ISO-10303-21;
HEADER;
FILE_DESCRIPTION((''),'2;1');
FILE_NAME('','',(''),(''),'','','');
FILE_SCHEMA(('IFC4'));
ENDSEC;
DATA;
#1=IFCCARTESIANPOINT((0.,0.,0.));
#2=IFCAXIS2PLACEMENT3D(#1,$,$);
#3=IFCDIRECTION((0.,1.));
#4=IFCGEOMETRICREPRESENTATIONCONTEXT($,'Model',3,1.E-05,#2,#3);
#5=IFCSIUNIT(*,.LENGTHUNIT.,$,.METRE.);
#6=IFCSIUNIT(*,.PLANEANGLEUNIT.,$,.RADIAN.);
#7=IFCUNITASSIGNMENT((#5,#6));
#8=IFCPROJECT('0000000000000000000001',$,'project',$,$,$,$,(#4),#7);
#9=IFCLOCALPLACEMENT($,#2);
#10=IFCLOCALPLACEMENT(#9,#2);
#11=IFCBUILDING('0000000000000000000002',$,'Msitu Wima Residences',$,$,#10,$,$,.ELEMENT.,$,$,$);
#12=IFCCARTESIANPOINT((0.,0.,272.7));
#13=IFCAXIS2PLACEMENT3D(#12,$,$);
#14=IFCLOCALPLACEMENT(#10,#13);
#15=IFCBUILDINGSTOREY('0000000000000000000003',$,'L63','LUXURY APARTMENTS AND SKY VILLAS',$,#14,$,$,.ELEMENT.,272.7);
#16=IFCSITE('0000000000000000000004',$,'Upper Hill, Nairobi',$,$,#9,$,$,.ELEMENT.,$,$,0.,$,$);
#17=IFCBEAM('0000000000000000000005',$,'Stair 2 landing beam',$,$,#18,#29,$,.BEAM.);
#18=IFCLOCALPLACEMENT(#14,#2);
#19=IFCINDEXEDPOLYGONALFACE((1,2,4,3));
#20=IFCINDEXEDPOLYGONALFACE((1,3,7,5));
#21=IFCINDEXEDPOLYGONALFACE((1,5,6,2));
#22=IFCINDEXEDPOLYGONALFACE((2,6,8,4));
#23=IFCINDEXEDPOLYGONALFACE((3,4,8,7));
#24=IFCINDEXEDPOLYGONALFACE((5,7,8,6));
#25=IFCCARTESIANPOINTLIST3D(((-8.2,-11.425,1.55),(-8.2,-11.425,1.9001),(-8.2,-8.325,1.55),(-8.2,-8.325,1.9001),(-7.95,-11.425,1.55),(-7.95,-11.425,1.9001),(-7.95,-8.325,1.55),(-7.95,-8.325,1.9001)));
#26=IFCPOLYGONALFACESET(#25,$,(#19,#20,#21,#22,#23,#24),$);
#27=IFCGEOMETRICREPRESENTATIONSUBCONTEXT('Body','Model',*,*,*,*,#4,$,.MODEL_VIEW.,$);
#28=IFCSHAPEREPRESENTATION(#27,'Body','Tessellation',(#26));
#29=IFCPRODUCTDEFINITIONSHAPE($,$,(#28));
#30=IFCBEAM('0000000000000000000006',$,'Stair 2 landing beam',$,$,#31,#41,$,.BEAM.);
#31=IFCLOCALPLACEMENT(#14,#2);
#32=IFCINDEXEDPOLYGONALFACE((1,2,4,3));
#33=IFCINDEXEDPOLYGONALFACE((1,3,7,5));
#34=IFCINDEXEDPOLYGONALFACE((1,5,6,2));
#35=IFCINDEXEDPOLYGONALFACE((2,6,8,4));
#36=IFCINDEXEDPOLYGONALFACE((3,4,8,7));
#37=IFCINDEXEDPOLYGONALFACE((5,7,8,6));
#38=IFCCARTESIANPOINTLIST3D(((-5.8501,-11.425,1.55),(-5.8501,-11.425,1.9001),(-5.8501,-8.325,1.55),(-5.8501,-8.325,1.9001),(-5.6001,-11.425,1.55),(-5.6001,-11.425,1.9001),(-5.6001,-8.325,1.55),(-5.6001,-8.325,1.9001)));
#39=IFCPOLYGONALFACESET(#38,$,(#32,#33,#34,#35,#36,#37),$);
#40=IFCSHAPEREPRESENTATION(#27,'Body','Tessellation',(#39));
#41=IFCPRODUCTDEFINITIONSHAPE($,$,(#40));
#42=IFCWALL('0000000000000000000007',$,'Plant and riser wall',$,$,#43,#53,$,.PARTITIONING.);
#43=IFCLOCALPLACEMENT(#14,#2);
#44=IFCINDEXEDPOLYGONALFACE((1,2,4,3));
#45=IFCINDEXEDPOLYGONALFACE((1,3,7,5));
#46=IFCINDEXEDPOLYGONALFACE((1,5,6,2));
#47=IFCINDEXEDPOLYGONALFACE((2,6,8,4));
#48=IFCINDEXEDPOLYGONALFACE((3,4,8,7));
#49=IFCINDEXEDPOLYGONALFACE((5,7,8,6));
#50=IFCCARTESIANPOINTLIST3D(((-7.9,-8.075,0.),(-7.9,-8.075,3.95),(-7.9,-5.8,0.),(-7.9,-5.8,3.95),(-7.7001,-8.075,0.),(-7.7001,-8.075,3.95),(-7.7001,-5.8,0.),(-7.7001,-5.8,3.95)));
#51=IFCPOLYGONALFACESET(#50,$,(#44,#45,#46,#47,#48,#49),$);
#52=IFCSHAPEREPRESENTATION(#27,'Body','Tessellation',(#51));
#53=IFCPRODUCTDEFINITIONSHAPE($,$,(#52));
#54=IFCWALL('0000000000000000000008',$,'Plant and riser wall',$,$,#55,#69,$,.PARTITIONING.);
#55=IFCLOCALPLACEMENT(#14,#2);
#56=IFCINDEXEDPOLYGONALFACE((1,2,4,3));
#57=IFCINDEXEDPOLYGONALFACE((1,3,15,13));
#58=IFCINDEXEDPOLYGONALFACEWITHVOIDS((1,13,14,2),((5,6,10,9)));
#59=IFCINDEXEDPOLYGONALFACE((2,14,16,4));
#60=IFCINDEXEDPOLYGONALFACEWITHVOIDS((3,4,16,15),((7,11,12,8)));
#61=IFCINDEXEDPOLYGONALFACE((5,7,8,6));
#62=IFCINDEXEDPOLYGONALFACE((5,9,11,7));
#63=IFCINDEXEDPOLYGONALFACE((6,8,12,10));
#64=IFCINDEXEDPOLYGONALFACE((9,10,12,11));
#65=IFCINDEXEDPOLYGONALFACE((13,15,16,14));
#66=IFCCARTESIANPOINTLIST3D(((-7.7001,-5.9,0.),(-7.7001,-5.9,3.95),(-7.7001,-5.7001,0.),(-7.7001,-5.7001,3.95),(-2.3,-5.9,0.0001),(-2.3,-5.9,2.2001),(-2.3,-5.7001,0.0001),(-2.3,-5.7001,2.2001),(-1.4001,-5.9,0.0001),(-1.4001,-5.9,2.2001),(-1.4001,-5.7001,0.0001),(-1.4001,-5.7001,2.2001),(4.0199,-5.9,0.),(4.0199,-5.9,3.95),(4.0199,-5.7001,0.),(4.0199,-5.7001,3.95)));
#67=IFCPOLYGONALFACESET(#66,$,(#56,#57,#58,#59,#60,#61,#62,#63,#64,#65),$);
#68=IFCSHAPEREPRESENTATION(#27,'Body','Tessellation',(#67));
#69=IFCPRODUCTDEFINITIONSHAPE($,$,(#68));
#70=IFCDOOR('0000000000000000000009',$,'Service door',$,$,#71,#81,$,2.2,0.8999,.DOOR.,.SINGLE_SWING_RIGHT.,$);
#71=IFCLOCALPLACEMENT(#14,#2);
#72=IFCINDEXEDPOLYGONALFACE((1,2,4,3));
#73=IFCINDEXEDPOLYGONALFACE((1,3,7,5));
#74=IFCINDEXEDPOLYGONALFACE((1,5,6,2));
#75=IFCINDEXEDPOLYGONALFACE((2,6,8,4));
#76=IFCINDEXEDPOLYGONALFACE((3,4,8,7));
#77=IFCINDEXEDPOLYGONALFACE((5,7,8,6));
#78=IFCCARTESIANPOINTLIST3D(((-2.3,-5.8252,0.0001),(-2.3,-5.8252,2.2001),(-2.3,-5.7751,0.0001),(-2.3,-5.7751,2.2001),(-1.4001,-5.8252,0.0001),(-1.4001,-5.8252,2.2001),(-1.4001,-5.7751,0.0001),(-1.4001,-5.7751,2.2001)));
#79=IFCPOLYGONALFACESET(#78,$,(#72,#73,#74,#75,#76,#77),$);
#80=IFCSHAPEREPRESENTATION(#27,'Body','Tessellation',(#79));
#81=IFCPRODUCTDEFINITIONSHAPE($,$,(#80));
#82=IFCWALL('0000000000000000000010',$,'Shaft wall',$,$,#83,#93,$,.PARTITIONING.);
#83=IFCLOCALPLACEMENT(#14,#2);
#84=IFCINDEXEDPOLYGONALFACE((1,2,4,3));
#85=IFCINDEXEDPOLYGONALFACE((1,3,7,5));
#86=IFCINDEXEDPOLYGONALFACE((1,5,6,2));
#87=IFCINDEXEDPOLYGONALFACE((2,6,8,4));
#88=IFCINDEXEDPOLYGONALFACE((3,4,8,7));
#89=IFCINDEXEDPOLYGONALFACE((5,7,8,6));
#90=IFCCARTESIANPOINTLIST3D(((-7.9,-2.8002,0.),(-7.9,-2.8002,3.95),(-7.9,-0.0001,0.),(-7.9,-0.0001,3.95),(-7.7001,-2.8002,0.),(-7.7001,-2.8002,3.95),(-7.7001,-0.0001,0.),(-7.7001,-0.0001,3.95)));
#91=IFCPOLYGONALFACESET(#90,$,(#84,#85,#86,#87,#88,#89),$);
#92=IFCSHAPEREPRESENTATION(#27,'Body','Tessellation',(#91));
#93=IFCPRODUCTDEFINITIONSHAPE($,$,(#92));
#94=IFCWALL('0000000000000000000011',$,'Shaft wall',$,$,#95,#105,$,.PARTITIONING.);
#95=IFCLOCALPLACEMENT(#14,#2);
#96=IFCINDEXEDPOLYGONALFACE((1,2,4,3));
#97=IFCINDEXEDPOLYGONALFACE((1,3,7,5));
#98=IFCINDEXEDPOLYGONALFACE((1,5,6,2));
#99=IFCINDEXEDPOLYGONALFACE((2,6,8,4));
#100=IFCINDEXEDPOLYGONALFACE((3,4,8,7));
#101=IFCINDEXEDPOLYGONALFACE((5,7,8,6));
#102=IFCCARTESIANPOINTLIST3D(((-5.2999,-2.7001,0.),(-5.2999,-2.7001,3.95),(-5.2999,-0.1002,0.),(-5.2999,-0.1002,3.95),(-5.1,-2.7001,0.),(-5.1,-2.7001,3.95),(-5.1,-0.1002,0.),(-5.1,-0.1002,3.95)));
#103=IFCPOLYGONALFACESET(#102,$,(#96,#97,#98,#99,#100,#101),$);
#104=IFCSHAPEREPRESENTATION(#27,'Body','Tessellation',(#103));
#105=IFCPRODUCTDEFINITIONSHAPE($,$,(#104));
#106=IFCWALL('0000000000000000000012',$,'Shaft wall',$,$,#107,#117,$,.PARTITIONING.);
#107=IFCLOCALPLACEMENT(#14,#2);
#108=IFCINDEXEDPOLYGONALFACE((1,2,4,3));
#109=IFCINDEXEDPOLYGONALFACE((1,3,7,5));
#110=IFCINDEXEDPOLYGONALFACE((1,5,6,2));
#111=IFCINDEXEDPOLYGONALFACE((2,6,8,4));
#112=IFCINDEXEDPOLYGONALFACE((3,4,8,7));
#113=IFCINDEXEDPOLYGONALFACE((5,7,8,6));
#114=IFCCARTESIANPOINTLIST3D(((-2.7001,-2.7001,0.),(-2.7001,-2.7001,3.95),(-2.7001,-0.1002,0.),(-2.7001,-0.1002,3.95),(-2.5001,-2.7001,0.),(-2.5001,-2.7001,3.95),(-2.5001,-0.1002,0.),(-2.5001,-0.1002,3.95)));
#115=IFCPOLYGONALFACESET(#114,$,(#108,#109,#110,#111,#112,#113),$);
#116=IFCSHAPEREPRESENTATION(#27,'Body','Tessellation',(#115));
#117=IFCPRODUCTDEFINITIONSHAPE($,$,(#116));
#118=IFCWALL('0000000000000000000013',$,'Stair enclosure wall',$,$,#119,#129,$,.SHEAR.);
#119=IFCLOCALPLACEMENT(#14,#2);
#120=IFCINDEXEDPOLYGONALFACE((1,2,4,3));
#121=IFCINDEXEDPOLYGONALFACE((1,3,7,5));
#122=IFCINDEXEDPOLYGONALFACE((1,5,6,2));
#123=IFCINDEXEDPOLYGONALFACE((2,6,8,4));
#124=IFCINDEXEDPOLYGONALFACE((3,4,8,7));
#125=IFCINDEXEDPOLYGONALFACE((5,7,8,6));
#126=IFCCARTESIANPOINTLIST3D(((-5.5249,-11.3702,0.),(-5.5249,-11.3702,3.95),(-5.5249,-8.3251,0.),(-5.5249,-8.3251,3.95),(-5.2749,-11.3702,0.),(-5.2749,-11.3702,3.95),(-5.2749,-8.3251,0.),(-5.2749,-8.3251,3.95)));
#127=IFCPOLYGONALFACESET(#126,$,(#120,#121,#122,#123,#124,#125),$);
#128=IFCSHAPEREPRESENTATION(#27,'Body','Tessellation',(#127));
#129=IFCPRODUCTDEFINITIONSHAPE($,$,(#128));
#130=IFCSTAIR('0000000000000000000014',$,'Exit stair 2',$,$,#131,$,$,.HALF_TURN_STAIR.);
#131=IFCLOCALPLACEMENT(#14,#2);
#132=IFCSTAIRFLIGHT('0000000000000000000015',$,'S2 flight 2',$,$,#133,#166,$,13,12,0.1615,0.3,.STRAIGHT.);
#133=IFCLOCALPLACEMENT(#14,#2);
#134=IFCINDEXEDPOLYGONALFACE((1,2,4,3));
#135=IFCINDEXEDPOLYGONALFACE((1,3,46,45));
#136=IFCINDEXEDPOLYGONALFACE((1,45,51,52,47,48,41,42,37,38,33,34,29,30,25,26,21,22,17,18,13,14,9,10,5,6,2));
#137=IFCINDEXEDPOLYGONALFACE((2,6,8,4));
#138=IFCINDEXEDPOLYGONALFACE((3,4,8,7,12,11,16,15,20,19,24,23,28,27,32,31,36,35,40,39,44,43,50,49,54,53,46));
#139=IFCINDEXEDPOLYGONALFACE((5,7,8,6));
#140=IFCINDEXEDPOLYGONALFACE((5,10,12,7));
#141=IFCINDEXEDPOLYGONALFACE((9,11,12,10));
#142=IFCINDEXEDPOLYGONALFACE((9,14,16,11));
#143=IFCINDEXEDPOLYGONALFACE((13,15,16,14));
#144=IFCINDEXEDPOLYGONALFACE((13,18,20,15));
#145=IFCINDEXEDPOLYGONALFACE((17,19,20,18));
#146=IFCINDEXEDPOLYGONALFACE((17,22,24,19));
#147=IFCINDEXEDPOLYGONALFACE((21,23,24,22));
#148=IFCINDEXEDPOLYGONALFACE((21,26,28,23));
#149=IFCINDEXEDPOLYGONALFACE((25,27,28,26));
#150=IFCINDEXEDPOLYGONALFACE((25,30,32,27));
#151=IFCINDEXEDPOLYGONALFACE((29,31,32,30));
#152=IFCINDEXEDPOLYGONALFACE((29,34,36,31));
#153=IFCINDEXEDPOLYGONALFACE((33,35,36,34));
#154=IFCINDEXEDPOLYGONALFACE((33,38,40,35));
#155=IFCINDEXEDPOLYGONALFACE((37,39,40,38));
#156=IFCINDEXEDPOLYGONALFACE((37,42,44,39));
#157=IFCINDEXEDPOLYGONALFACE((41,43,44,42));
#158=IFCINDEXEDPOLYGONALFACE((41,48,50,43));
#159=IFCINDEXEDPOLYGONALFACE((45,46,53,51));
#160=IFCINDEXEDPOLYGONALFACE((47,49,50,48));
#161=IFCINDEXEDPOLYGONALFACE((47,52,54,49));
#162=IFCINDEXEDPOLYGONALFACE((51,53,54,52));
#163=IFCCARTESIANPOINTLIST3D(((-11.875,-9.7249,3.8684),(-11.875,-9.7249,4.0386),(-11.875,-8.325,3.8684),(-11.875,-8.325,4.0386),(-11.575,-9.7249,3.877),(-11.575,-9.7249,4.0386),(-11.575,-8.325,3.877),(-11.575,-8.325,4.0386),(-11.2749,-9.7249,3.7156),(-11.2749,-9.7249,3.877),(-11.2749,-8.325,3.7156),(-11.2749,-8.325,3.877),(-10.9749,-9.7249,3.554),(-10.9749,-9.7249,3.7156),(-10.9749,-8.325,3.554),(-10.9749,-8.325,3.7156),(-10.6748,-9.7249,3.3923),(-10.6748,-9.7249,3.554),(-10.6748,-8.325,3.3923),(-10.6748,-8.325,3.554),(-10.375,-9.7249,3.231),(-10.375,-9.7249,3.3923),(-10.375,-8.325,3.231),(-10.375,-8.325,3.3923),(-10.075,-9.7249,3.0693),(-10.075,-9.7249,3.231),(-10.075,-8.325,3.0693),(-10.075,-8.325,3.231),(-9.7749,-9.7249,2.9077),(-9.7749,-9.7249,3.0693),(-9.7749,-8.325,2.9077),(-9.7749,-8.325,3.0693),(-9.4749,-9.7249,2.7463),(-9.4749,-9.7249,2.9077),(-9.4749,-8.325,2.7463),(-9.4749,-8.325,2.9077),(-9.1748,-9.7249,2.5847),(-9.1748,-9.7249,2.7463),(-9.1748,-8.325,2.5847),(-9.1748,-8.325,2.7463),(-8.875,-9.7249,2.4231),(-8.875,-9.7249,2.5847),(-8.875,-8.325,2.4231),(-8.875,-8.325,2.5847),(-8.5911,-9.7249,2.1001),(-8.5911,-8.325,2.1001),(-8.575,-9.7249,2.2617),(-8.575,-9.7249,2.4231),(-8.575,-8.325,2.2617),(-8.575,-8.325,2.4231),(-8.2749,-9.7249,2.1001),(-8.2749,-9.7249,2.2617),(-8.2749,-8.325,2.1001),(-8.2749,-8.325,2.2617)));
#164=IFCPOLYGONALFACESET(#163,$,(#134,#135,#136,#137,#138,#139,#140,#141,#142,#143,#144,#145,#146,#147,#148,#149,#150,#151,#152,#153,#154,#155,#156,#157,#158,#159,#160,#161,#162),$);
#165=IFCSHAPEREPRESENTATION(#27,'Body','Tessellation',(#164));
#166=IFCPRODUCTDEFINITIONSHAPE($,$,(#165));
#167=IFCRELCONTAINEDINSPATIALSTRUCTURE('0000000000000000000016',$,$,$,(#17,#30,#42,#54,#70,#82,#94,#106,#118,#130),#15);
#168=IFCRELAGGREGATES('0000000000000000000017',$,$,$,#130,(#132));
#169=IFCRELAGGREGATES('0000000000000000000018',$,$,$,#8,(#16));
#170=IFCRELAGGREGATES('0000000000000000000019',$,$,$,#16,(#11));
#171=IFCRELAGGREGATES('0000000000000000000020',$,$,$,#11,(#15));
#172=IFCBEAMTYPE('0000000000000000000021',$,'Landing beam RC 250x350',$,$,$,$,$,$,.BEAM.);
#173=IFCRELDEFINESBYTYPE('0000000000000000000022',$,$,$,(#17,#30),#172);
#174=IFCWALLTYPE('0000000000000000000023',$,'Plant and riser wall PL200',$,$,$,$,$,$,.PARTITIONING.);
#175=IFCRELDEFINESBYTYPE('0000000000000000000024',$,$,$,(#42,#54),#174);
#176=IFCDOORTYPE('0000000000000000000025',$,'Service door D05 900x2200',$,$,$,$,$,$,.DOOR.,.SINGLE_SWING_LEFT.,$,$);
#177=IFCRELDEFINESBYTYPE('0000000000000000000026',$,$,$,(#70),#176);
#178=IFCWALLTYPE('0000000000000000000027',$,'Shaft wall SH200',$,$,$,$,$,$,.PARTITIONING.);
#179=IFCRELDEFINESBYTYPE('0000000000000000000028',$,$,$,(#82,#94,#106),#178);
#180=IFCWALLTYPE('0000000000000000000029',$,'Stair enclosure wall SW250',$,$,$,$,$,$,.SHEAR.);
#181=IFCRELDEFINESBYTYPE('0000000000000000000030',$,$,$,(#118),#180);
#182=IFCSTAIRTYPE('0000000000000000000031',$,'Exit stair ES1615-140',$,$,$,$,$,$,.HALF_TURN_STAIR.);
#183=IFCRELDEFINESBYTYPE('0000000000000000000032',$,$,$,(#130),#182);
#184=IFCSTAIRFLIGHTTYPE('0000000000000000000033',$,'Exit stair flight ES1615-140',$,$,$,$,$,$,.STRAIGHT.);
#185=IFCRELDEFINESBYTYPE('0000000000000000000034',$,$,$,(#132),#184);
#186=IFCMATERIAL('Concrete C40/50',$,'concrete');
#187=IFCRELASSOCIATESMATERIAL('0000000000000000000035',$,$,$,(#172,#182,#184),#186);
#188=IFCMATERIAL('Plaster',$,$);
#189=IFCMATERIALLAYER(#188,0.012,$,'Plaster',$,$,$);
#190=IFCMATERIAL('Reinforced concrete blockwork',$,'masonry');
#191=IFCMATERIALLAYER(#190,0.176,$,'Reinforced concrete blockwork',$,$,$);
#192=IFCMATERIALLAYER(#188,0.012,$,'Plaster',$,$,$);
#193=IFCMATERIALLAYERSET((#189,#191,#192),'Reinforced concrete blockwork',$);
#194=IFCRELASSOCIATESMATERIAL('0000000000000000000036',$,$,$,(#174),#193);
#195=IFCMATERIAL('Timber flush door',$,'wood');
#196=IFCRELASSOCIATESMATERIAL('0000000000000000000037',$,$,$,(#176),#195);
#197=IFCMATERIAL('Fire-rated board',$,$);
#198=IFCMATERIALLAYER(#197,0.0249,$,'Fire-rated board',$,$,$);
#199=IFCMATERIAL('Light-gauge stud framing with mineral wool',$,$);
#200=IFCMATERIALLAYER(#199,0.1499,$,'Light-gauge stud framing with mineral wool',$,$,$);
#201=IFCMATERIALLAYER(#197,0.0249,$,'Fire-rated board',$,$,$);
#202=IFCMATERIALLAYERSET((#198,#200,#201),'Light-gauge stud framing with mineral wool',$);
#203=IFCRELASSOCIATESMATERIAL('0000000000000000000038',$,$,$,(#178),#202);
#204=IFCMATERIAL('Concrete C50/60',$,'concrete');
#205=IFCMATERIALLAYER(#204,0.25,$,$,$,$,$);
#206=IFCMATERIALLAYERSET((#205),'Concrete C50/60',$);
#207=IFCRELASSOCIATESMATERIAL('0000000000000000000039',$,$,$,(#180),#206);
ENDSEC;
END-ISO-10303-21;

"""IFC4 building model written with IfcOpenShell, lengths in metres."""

from ifc_helpers import new_model, si_unit, direction, frame, frame_2d, origin, origin_2d, place, context, subcontext, project, spatial, polyline, rectangle, outline, extrude, material, layer, layer_set, material_profile, profile_set, type_object, element, fill, aggregate, save


model = new_model("IFC4")

# Units and contexts
model_context = context("Model", 3, precision=1e-05, world=origin(), true_north=direction((0.0, 1.0)))
body_context = subcontext(model_context, "Body", "Model", "MODEL_VIEW")
ifc_project = project(units=[si_unit("LENGTHUNIT", "METRE"), si_unit("PLANEANGLEUNIT", "RADIAN")], contexts=[model_context])

# Site, building, storey
site_placement = place(None, origin())
site = spatial("IfcSite", under=ifc_project, at=site_placement, Name="Upper Hill, Nairobi", CompositionType="ELEMENT", RefElevation=0.0)
building_placement = place(site_placement, origin())
building = spatial("IfcBuilding", under=site, at=building_placement, Name="Msitu Wima Residences", CompositionType="ELEMENT")
storey_placement = place(building_placement, frame((0.0, 0.0, 272.7)))
storey = spatial("IfcBuildingStorey", under=building, at=storey_placement, Name="L63", Description="LUXURY APARTMENTS AND SKY VILLAS", CompositionType="ELEMENT", Elevation=272.7)

# Beams
ifc_material_1 = material(Name="Concrete C40/50", Category="concrete")
ifc_material_profile = material_profile(ifc_material_1, rectangle(XDim=0.25, YDim=0.3501, at=origin_2d()), Name="RC 250x350")
ifc_profile_set = profile_set([ifc_material_profile], Name="Concrete C40/50")
beam_type = type_object("IfcBeamType", Name="Landing beam RC 250x350", PredefinedType="BEAM", material=ifc_profile_set)
for number, where, z_axis, x_axis, name in (
    (1, (-8.075, -11.425, 1.7251), (0.0, 1.0, 0.0), (-1.0, 0.0, 0.0), "Stair 2 landing beam"),
    (2, (-5.7251, -11.425, 1.7251), (0.0, 1.0, 0.0), (-1.0, 0.0, 0.0), "Stair 2 landing beam"),
):
    element("IfcBeam", number, at=place(storey_placement, frame(where, z_axis=z_axis, x_axis=x_axis)), inside=storey, type_object=beam_type, Name=name, PredefinedType="BEAM", context=body_context, shape_type="SweptSolid", body=[
        extrude(rectangle(XDim=0.25, YDim=0.3501, at=origin_2d()), origin(), (0.0, 0.0, 1.0), 3.1001),
    ])

# Shared definitions
ifc_material_2 = material(Name="Plaster")

# Wall
ifc_layer_1 = layer(ifc_material_2, 0.012, Name="Plaster")
ifc_material_3 = material(Name="Reinforced concrete blockwork", Category="masonry")
ifc_layer_2 = layer(ifc_material_3, 0.176, Name="Reinforced concrete blockwork")
ifc_layer_3 = layer(ifc_material_2, 0.012, Name="Plaster")
ifc_layer_set_1 = layer_set([ifc_layer_1, ifc_layer_2, ifc_layer_3], Name="Reinforced concrete blockwork")
wall_type_1 = type_object("IfcWallType", Name="Plant and riser wall PL200", PredefinedType="PARTITIONING", material=ifc_layer_set_1)
wall_1_placement = place(storey_placement, frame((-7.8, -8.075, 0.0), z_axis=(0.0, 0.0, 1.0), x_axis=(0.0, 1.0, 0.0)))
element("IfcWall", 3, at=wall_1_placement, inside=storey, type_object=wall_type_1, Name="Plant and riser wall", PredefinedType="PARTITIONING", context=body_context, shape_type="SweptSolid", body=[
    extrude(rectangle(XDim=2.2749, YDim=0.2, at=frame_2d((1.1375, 0.0))), origin(), (0.0, 0.0, 1.0), 3.95),
])

# Wall, opening, door
wall_2_placement = place(storey_placement, frame((-7.7, -5.8, 0.0), z_axis=(0.0, 0.0, 1.0), x_axis=(1.0, 0.0, 0.0)))
wall_2 = element("IfcWall", 4, at=wall_2_placement, inside=storey, type_object=wall_type_1, Name="Plant and riser wall", PredefinedType="PARTITIONING", context=body_context, shape_type="SweptSolid", body=[
    extrude(rectangle(XDim=11.72, YDim=0.2, at=frame_2d((5.8599, 0.0))), origin(), (0.0, 0.0, 1.0), 3.95),
])
opening_1_placement = place(wall_2_placement, frame((5.3999, 0.0, 0.0)))
opening_1 = element("IfcOpeningElement", 5, at=opening_1_placement, cuts=wall_2, PredefinedType="OPENING", context=body_context, shape_type="SweptSolid", body=[
    extrude(rectangle(XDim=0.8999, YDim=2.2, at=frame_2d((0.45, 1.1001))), frame((0.0, 0.1099, 0.0), z_axis=(0.0, -1.0, 0.0), x_axis=(1.0, 0.0, 0.0)), (0.0, 0.0, 1.0), 0.22),
])
ifc_material_4 = material(Name="Timber flush door", Category="wood")
door_type_1 = type_object("IfcDoorType", Name="Service door D05 900x2200", OperationType="SINGLE_SWING_LEFT", PredefinedType="DOOR", material=ifc_material_4)
door_1_placement = place(opening_1_placement, origin())
door_1 = element("IfcDoor", 6, at=door_1_placement, inside=storey, type_object=door_type_1, Name="Service door", OperationType="SINGLE_SWING_RIGHT", OverallHeight=2.2, OverallWidth=0.8999, PredefinedType="DOOR", context=body_context, shape_type="SweptSolid", body=[
    extrude(rectangle(XDim=0.8999, YDim=2.2, at=frame_2d((0.45, 1.1001))), frame((0.0, 0.0249, 0.0), z_axis=(0.0, -1.0, 0.0), x_axis=(1.0, 0.0, 0.0)), (0.0, 0.0, 1.0), 0.05),
])
fill(opening_1, door_1)

# Walls
ifc_material_5 = material(Name="Fire-rated board")
ifc_layer_4 = layer(ifc_material_5, 0.0249, Name="Fire-rated board")
ifc_material_6 = material(Name="Light-gauge stud framing with mineral wool")
ifc_layer_5 = layer(ifc_material_6, 0.1499, Name="Light-gauge stud framing with mineral wool")
ifc_layer_6 = layer(ifc_material_5, 0.0249, Name="Fire-rated board")
ifc_layer_set_2 = layer_set([ifc_layer_4, ifc_layer_5, ifc_layer_6], Name="Light-gauge stud framing with mineral wool")
wall_type_2 = type_object("IfcWallType", Name="Shaft wall SH200", PredefinedType="PARTITIONING", material=ifc_layer_set_2)
wall_3_placement = place(storey_placement, frame((-7.8, -2.8, 0.0), z_axis=(0.0, 0.0, 1.0), x_axis=(0.0, 1.0, 0.0)))
element("IfcWall", 7, at=wall_3_placement, inside=storey, type_object=wall_type_2, Name="Shaft wall", PredefinedType="PARTITIONING", context=body_context, shape_type="SweptSolid", body=[
    extrude(rectangle(XDim=2.8, YDim=0.2, at=frame_2d((1.3999, 0.0))), origin(), (0.0, 0.0, 1.0), 3.95),
])
for number, where, z_axis, x_axis, name in (
    (8, (-5.2, -2.7, 0.0), (0.0, 0.0, 1.0), (0.0, 1.0, 0.0), "Shaft wall"),
    (9, (-2.6001, -2.7, 0.0), (0.0, 0.0, 1.0), (0.0, 1.0, 0.0), "Shaft wall"),
):
    element("IfcWall", number, at=place(storey_placement, frame(where, z_axis=z_axis, x_axis=x_axis)), inside=storey, type_object=wall_type_2, Name=name, PredefinedType="PARTITIONING", context=body_context, shape_type="SweptSolid", body=[
        extrude(rectangle(XDim=2.5999, YDim=0.2, at=frame_2d((1.2998, 0.0))), origin(), (0.0, 0.0, 1.0), 3.95),
    ])
ifc_material_7 = material(Name="Concrete C50/60", Category="concrete")
ifc_layer_7 = layer(ifc_material_7, 0.25)
ifc_layer_set_3 = layer_set([ifc_layer_7], Name="Concrete C50/60")
wall_type_3 = type_object("IfcWallType", Name="Stair enclosure wall SW250", PredefinedType="SHEAR", material=ifc_layer_set_3)
wall_4_placement = place(storey_placement, frame((-5.3999, -11.3701, 0.0), z_axis=(0.0, 0.0, 1.0), x_axis=(0.0, 1.0, 0.0)))
element("IfcWall", 10, at=wall_4_placement, inside=storey, type_object=wall_type_3, Name="Stair enclosure wall", PredefinedType="SHEAR", context=body_context, shape_type="SweptSolid", body=[
    extrude(rectangle(XDim=3.0452, YDim=0.25, at=frame_2d((1.5225, 0.0))), origin(), (0.0, 0.0, 1.0), 3.95),
])

# Stair, stair flight
stair_type = type_object("IfcStairType", Name="Exit stair ES1615-140", PredefinedType="HALF_TURN_STAIR", material=ifc_material_1)
stair_placement = place(storey_placement, origin())
stair = element("IfcStair", 11, at=stair_placement, inside=storey, type_object=stair_type, Name="Exit stair 2", PredefinedType="HALF_TURN_STAIR")
stair_flight_type = type_object("IfcStairFlightType", Name="Exit stair flight ES1615-140", PredefinedType="STRAIGHT", material=ifc_material_1)
stair_flight_placement = place(storey_placement, frame((-8.2749, -9.0249, 2.1001), z_axis=(0.0, 0.0, 1.0), x_axis=(-1.0, 0.0, 0.0)))
stair_flight = element("IfcStairFlight", 12, at=stair_flight_placement, type_object=stair_flight_type, Name="S2 flight 2", NumberOfRisers=13, NumberOfTreads=12, PredefinedType="STRAIGHT", RiserHeight=0.1615, TreadLength=0.3, context=body_context, shape_type="SweptSolid", body=[
    extrude(outline(polyline([(0.0, 0.0), (0.0, 0.1616), (0.3, 0.1616), (0.3, 0.323), (0.6001, 0.323), (0.6001, 0.4846), (0.8999, 0.4846), (0.8999, 0.6462), (1.2, 0.6462), (1.2, 0.8076), (1.5, 0.8076), (1.5, 0.9692), (1.8, 0.9692), (1.8, 1.1309), (2.1001, 1.1309), (2.1001, 1.2922), (2.3999, 1.2922), (2.3999, 1.4539), (2.7, 1.4539), (2.7, 1.6155), (3.0, 1.6155), (3.0, 1.7769), (3.3, 1.7769), (3.3, 1.9385), (3.6001, 1.9385), (3.6001, 2.1001), (3.6001, 1.7683), (0.3162, 0.0), (0.0, 0.0)])), frame((0.0, 0.7, 0.0), z_axis=(0.0, -1.0, 0.0), x_axis=(1.0, 0.0, 0.0)), (0.0, 0.0, 1.0), 1.3999),
])
aggregate(stair, [stair_flight])

save(model, "model.ifc")
